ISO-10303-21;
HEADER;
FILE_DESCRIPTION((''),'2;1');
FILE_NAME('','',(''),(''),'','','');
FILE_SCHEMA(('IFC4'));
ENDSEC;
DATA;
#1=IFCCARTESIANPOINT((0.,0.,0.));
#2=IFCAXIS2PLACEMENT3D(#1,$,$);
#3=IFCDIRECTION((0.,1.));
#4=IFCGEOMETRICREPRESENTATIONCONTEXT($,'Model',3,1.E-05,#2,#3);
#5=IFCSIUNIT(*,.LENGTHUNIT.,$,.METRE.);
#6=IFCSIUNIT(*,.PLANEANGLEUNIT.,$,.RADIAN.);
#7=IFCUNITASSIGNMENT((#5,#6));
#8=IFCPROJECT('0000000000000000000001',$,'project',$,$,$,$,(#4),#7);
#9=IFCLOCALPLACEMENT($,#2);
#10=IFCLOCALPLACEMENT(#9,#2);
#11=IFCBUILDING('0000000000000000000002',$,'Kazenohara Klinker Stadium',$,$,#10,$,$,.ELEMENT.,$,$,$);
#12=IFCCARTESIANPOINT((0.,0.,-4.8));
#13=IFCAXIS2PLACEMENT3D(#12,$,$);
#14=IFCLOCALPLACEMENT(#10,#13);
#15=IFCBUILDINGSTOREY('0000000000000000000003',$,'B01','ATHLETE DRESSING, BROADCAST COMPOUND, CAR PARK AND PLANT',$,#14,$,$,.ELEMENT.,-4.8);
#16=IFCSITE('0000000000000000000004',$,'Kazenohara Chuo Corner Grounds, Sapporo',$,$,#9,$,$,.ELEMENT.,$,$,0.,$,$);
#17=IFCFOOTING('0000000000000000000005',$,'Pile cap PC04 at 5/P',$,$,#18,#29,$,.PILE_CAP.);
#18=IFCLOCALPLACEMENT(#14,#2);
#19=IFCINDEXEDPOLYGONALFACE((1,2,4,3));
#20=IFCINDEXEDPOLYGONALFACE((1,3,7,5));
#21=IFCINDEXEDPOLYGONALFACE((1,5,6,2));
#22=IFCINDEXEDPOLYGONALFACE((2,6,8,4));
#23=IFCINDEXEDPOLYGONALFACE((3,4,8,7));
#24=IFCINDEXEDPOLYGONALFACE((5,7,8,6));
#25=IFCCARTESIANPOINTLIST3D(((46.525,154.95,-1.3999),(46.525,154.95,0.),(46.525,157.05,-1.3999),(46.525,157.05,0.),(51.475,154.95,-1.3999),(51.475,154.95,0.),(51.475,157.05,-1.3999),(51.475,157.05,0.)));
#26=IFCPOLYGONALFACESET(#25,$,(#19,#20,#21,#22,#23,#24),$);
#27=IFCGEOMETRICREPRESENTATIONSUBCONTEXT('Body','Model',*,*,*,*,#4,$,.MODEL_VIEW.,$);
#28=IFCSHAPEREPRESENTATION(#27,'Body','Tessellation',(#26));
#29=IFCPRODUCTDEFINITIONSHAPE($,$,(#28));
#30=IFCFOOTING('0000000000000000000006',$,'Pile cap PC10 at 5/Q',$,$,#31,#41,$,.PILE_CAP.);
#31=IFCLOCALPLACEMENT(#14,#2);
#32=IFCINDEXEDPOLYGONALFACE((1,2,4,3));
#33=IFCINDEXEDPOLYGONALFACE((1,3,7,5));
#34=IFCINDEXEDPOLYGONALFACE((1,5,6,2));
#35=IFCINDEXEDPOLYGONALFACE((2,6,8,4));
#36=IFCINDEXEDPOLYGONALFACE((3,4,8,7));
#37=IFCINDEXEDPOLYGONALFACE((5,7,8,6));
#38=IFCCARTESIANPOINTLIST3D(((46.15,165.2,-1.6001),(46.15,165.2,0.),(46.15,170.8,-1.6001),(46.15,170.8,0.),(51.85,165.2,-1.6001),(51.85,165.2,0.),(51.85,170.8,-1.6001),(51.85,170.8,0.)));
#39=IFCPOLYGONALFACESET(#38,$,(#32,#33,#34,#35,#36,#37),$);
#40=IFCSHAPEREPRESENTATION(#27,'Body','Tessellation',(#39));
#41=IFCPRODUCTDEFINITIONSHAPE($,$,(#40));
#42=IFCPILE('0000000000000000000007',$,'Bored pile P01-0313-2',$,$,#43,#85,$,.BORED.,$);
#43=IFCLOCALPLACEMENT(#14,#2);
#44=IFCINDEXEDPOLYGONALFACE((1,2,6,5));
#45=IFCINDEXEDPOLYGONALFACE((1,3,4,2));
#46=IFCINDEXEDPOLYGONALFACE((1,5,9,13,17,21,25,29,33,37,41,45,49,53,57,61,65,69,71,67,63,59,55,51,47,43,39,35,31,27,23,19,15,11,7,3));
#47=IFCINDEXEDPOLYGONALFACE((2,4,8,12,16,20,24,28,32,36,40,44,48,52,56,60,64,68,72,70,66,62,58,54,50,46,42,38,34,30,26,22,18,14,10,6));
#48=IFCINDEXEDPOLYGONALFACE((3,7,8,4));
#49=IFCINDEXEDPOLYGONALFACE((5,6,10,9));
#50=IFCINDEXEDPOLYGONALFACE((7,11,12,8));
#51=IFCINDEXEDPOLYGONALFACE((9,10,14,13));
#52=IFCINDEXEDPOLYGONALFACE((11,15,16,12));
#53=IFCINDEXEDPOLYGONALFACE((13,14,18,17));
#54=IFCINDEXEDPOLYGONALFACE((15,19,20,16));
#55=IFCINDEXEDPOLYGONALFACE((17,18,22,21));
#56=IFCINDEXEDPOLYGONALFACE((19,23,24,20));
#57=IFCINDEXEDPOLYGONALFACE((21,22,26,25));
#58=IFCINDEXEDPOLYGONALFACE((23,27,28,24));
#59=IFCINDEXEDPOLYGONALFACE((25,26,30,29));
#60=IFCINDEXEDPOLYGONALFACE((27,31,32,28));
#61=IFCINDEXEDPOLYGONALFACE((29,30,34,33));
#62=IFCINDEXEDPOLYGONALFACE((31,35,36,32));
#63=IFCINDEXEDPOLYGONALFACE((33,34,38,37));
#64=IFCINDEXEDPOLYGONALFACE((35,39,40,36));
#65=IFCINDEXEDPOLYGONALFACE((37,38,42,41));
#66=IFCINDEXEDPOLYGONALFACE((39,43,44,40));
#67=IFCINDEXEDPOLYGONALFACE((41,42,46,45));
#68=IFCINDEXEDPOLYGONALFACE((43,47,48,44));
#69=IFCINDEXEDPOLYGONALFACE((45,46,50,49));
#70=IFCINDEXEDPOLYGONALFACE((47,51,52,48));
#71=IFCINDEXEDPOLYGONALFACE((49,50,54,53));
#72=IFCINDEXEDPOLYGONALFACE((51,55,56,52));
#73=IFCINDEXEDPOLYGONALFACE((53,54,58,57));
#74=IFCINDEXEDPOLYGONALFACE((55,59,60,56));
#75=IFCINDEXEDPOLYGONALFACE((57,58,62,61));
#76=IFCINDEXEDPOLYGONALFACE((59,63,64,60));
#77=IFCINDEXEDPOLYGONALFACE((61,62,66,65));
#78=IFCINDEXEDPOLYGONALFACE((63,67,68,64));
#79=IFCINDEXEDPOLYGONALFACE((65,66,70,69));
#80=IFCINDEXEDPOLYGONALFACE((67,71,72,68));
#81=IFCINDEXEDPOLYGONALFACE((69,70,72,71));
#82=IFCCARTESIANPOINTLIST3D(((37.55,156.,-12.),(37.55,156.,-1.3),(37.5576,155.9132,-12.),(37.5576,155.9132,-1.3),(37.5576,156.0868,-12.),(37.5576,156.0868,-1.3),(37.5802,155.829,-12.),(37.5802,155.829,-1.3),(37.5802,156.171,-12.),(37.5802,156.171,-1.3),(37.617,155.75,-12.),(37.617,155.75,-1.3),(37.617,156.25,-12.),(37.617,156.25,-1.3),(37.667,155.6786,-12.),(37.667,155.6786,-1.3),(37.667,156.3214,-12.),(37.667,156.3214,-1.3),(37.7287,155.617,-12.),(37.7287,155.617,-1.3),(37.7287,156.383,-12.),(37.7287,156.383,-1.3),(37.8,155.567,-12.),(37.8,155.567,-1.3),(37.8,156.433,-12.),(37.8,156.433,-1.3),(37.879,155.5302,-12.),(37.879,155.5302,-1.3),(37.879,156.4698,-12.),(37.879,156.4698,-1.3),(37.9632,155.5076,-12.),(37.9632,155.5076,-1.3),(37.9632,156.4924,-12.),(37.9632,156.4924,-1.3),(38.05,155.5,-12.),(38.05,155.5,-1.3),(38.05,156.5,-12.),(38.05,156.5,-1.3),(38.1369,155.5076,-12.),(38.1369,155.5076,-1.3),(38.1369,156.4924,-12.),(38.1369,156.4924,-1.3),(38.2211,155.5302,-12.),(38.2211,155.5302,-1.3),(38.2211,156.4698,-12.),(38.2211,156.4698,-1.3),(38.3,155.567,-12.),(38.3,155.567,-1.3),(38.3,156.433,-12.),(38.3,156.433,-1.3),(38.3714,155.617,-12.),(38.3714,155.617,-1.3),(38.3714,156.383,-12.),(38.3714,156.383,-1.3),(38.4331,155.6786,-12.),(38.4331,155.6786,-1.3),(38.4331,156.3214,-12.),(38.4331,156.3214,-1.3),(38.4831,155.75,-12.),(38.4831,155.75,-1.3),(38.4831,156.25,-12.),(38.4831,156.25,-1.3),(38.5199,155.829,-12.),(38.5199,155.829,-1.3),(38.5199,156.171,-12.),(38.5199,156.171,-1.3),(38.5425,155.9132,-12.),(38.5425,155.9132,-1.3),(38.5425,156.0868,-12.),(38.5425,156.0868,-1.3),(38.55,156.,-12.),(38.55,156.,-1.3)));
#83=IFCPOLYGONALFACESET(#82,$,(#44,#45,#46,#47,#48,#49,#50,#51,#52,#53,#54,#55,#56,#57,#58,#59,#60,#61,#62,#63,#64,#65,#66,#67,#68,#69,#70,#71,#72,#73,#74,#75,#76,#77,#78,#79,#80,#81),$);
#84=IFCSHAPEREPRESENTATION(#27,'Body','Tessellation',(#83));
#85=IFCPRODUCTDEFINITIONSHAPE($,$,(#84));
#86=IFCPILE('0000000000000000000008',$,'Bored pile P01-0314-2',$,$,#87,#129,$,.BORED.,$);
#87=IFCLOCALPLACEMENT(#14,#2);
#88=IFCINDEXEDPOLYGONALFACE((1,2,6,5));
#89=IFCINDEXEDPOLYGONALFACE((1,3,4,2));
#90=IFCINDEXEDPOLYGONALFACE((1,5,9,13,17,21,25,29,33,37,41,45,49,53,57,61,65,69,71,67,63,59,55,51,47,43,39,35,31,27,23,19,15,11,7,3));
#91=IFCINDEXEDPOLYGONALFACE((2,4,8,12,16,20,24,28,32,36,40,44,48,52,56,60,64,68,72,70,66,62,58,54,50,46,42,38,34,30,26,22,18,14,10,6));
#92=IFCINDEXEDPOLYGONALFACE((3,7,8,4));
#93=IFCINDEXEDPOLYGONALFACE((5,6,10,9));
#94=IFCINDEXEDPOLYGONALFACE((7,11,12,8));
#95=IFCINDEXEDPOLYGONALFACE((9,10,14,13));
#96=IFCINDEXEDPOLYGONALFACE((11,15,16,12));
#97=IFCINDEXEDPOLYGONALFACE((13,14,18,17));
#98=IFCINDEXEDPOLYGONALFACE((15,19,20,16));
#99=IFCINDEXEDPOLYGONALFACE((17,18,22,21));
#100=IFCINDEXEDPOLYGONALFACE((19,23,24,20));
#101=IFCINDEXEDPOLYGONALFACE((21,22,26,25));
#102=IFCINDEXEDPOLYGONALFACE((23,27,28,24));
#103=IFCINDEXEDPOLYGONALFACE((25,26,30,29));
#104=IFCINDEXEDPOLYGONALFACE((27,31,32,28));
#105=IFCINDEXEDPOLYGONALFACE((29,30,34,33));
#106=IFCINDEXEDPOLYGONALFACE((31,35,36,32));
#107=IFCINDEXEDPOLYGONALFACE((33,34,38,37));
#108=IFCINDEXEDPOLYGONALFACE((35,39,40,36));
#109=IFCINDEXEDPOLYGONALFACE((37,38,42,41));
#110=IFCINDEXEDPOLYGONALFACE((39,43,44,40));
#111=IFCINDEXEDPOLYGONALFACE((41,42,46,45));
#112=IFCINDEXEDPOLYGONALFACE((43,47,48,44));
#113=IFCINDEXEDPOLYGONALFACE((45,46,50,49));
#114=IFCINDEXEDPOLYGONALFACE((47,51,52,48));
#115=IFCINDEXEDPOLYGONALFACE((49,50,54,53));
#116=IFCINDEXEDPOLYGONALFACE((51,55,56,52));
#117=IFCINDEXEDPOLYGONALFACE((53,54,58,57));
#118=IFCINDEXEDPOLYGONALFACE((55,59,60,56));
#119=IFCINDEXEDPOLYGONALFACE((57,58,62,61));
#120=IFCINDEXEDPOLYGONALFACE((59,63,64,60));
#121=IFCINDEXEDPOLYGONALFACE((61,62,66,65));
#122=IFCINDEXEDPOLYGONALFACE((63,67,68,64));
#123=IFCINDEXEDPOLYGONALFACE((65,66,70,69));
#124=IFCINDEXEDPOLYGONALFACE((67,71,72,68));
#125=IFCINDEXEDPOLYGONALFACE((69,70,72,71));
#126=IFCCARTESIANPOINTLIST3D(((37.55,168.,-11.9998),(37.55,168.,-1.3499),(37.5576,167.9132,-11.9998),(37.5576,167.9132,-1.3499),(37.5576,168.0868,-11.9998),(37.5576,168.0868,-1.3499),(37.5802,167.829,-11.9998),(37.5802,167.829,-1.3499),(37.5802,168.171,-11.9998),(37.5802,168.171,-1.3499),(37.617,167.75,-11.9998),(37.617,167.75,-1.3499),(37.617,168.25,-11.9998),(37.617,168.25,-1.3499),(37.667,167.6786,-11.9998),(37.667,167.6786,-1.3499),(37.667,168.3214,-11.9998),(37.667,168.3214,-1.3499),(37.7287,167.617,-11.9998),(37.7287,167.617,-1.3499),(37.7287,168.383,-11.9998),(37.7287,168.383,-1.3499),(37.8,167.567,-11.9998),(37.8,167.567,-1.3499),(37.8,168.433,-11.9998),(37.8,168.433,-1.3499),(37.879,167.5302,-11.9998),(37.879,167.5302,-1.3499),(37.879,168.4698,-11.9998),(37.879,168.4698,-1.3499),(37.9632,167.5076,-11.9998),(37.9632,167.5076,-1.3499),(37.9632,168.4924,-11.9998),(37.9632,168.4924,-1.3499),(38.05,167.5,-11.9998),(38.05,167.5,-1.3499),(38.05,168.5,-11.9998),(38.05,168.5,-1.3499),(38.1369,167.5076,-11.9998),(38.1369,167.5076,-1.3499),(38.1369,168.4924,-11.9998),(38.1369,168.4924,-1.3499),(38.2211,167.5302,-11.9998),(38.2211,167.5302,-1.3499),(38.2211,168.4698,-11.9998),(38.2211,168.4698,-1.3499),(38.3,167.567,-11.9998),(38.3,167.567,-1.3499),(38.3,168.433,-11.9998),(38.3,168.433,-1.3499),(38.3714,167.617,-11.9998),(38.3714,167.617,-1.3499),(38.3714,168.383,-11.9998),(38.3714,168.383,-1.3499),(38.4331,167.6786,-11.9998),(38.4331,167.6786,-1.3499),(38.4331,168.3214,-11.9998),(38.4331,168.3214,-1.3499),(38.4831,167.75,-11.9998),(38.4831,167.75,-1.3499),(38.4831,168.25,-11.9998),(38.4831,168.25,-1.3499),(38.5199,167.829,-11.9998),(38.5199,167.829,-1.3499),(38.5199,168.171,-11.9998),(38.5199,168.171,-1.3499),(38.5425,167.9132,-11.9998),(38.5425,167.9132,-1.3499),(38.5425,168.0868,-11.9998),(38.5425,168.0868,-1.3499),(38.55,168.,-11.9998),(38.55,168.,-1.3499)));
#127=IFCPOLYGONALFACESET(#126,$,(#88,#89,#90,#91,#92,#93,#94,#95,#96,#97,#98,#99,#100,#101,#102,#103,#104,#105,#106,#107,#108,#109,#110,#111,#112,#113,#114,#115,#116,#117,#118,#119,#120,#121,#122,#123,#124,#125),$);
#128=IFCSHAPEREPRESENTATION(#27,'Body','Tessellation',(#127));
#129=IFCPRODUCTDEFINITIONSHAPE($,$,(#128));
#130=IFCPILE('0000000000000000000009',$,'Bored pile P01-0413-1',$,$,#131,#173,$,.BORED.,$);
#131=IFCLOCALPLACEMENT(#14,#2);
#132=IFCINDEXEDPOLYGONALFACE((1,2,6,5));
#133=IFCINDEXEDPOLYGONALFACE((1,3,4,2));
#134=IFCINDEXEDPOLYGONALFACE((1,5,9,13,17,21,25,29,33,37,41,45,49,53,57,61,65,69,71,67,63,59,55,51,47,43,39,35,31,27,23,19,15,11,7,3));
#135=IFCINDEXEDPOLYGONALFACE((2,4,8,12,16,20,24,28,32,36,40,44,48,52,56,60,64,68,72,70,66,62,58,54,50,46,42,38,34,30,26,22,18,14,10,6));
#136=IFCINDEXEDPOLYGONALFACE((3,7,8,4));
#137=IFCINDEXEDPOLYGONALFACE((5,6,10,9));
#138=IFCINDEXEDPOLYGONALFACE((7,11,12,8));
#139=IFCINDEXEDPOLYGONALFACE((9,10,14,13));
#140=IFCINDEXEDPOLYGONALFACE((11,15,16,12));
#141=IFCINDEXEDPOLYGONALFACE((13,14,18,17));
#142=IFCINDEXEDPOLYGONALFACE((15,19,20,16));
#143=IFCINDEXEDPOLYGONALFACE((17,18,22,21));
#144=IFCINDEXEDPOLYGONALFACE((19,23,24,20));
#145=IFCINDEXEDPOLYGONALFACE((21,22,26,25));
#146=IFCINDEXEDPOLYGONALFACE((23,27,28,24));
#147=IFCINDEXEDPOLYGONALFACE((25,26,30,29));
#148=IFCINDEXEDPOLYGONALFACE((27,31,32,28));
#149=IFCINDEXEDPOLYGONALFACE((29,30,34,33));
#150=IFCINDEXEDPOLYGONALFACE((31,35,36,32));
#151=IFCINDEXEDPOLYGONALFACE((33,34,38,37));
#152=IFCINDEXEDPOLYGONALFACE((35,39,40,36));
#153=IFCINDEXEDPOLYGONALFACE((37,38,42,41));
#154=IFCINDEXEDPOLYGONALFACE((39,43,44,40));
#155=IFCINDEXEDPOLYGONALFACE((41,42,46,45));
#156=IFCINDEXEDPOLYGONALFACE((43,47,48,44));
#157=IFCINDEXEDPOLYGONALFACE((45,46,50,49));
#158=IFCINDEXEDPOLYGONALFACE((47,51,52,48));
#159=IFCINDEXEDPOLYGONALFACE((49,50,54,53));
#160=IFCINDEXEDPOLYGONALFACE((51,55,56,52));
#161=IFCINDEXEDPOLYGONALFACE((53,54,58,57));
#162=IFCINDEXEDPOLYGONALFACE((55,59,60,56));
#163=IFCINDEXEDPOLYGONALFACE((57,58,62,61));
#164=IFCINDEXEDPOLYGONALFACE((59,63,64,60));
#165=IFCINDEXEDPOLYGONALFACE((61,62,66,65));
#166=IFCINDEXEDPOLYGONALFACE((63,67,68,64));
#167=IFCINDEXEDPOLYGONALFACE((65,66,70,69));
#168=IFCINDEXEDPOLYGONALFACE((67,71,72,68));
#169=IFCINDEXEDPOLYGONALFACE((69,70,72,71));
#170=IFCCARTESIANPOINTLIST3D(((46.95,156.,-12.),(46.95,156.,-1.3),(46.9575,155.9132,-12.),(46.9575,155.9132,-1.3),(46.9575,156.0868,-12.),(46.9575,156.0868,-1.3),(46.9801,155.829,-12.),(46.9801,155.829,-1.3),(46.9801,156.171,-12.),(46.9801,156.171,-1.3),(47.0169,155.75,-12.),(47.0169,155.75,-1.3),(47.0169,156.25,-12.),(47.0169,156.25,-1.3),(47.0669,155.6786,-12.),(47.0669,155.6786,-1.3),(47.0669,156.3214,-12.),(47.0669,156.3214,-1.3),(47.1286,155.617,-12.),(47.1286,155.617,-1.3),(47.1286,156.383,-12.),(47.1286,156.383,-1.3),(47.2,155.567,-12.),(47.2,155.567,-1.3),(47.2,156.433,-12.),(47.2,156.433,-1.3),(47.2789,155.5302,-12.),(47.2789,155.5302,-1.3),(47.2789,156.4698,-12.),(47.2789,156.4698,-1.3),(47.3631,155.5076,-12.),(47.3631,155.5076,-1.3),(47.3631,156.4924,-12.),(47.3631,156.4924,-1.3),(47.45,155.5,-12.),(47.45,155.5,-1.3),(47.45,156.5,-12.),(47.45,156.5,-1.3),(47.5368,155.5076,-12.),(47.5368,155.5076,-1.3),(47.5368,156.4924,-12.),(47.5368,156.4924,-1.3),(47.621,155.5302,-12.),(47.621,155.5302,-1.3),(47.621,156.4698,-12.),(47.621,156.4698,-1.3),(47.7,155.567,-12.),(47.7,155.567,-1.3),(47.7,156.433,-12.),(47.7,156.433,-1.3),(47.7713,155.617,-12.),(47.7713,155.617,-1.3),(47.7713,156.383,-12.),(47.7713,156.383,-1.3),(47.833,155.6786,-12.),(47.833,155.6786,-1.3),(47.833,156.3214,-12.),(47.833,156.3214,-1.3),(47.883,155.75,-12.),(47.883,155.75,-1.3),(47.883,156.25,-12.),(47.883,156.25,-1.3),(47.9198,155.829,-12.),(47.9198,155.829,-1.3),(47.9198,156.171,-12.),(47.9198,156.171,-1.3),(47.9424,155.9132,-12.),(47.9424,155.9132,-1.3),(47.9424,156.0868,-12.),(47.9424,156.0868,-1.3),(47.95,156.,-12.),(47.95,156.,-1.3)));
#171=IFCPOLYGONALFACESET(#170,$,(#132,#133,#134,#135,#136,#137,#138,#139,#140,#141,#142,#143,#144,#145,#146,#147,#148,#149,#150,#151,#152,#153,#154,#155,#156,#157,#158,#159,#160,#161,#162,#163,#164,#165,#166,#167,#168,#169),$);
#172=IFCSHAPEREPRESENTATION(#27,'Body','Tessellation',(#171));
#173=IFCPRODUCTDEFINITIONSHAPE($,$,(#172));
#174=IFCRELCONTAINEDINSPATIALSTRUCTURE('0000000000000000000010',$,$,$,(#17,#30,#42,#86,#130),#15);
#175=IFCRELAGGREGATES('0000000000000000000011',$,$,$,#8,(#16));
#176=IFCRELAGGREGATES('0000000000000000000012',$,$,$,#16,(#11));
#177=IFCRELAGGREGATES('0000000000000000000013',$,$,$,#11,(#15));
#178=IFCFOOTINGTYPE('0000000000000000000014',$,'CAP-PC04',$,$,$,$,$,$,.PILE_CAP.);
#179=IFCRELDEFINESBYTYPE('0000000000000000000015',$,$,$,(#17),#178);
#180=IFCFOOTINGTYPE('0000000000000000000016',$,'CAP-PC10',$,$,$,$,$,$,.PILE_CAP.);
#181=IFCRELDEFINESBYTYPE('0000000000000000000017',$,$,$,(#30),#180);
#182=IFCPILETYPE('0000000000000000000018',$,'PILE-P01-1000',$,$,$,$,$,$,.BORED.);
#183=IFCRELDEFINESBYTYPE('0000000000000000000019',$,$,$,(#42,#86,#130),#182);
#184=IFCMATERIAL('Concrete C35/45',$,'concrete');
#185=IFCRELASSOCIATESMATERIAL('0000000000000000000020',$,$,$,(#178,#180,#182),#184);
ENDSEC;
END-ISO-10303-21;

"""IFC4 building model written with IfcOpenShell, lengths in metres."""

from ifc_helpers import new_model, si_unit, direction, frame, origin, origin_2d, place, context, subcontext, project, spatial, rectangle, circle, extrude, material, material_profile, profile_set, type_object, element, save


model = new_model("IFC4")

# Units and contexts
model_context = context("Model", 3, precision=1e-05, world=origin(), true_north=direction((0.0, 1.0)))
body_context = subcontext(model_context, "Body", "Model", "MODEL_VIEW")
ifc_project = project(units=[si_unit("LENGTHUNIT", "METRE"), si_unit("PLANEANGLEUNIT", "RADIAN")], contexts=[model_context])

# Site, building, storey
site_placement = place(None, origin())
site = spatial("IfcSite", under=ifc_project, at=site_placement, Name="Kazenohara Chuo Corner Grounds, Sapporo", CompositionType="ELEMENT", RefElevation=0.0)
building_placement = place(site_placement, origin())
building = spatial("IfcBuilding", under=site, at=building_placement, Name="Kazenohara Klinker Stadium", CompositionType="ELEMENT")
storey_placement = place(building_placement, frame((0.0, 0.0, -4.8)))
storey = spatial("IfcBuildingStorey", under=building, at=storey_placement, Name="B01", Description="ATHLETE DRESSING, BROADCAST COMPOUND, CAR PARK AND PLANT", CompositionType="ELEMENT", Elevation=-4.8)

# Footings
ifc_material_1 = material(Name="Concrete C35/45", Category="concrete")
footing_type_1 = type_object("IfcFootingType", Name="CAP-PC04", PredefinedType="PILE_CAP", material=ifc_material_1)
footing_1_placement = place(storey_placement, frame((49.0, 156.0, -1.3999), z_axis=(0.0, 0.0, 1.0), x_axis=(1.0, 0.0, 0.0)))
element("IfcFooting", 1, at=footing_1_placement, inside=storey, type_object=footing_type_1, Name="Pile cap PC04 at 5/P", PredefinedType="PILE_CAP", context=body_context, shape_type="SweptSolid", body=[
    extrude(rectangle(XDim=4.95, YDim=2.1001, at=origin_2d()), origin(), (0.0, 0.0, 1.0), 1.3999),
])
footing_type_2 = type_object("IfcFootingType", Name="CAP-PC10", PredefinedType="PILE_CAP", material=ifc_material_1)
footing_2_placement = place(storey_placement, frame((49.0, 168.0, -1.6001), z_axis=(0.0, 0.0, 1.0), x_axis=(1.0, 0.0, 0.0)))
element("IfcFooting", 2, at=footing_2_placement, inside=storey, type_object=footing_type_2, Name="Pile cap PC10 at 5/Q", PredefinedType="PILE_CAP", context=body_context, shape_type="SweptSolid", body=[
    extrude(rectangle(XDim=5.7, YDim=5.6001, at=origin_2d()), origin(), (0.0, 0.0, 1.0), 1.6001),
])

# Piles
ifc_material_profile_1 = material_profile(ifc_material_1, circle(Radius=0.5, at=origin_2d()), Name="BORED-PILE-1000")
ifc_profile_set_1 = profile_set([ifc_material_profile_1], Name="Concrete C35/45")
pile_type_1 = type_object("IfcPileType", Name="PILE-P01-1000", PredefinedType="BORED", material=ifc_profile_set_1)
pile_1_placement = place(storey_placement, frame((38.05, 156.0, -1.3), z_axis=(0.0, 0.0, -1.0), x_axis=(1.0, 0.0, 0.0)))
element("IfcPile", 3, at=pile_1_placement, inside=storey, type_object=pile_type_1, Name="Bored pile P01-0313-2", PredefinedType="BORED", context=body_context, shape_type="SweptSolid", body=[
    extrude(circle(Radius=0.5, at=origin_2d()), origin(), (0.0, 0.0, 1.0), 10.7),
])
pile_2_placement = place(storey_placement, frame((38.05, 168.0, -1.3499), z_axis=(0.0, 0.0, -1.0), x_axis=(1.0, 0.0, 0.0)))
element("IfcPile", 4, at=pile_2_placement, inside=storey, type_object=pile_type_1, Name="Bored pile P01-0314-2", PredefinedType="BORED", context=body_context, shape_type="SweptSolid", body=[
    extrude(circle(Radius=0.5, at=origin_2d()), origin(), (0.0, 0.0, 1.0), 10.6499),
])
for number, where, z_axis, x_axis, name in (
    (5, (47.45, 156.0, -1.3), (0.0, 0.0, -1.0), (1.0, 0.0, 0.0), "Bored pile P01-0413-1"),
):
    element("IfcPile", number, at=place(storey_placement, frame(where, z_axis=z_axis, x_axis=x_axis)), inside=storey, type_object=pile_type_1, Name=name, PredefinedType="BORED", context=body_context, shape_type="SweptSolid", body=[
        extrude(circle(Radius=0.5, at=origin_2d()), origin(), (0.0, 0.0, 1.0), 10.7),
    ])

save(model, "model.ifc")
